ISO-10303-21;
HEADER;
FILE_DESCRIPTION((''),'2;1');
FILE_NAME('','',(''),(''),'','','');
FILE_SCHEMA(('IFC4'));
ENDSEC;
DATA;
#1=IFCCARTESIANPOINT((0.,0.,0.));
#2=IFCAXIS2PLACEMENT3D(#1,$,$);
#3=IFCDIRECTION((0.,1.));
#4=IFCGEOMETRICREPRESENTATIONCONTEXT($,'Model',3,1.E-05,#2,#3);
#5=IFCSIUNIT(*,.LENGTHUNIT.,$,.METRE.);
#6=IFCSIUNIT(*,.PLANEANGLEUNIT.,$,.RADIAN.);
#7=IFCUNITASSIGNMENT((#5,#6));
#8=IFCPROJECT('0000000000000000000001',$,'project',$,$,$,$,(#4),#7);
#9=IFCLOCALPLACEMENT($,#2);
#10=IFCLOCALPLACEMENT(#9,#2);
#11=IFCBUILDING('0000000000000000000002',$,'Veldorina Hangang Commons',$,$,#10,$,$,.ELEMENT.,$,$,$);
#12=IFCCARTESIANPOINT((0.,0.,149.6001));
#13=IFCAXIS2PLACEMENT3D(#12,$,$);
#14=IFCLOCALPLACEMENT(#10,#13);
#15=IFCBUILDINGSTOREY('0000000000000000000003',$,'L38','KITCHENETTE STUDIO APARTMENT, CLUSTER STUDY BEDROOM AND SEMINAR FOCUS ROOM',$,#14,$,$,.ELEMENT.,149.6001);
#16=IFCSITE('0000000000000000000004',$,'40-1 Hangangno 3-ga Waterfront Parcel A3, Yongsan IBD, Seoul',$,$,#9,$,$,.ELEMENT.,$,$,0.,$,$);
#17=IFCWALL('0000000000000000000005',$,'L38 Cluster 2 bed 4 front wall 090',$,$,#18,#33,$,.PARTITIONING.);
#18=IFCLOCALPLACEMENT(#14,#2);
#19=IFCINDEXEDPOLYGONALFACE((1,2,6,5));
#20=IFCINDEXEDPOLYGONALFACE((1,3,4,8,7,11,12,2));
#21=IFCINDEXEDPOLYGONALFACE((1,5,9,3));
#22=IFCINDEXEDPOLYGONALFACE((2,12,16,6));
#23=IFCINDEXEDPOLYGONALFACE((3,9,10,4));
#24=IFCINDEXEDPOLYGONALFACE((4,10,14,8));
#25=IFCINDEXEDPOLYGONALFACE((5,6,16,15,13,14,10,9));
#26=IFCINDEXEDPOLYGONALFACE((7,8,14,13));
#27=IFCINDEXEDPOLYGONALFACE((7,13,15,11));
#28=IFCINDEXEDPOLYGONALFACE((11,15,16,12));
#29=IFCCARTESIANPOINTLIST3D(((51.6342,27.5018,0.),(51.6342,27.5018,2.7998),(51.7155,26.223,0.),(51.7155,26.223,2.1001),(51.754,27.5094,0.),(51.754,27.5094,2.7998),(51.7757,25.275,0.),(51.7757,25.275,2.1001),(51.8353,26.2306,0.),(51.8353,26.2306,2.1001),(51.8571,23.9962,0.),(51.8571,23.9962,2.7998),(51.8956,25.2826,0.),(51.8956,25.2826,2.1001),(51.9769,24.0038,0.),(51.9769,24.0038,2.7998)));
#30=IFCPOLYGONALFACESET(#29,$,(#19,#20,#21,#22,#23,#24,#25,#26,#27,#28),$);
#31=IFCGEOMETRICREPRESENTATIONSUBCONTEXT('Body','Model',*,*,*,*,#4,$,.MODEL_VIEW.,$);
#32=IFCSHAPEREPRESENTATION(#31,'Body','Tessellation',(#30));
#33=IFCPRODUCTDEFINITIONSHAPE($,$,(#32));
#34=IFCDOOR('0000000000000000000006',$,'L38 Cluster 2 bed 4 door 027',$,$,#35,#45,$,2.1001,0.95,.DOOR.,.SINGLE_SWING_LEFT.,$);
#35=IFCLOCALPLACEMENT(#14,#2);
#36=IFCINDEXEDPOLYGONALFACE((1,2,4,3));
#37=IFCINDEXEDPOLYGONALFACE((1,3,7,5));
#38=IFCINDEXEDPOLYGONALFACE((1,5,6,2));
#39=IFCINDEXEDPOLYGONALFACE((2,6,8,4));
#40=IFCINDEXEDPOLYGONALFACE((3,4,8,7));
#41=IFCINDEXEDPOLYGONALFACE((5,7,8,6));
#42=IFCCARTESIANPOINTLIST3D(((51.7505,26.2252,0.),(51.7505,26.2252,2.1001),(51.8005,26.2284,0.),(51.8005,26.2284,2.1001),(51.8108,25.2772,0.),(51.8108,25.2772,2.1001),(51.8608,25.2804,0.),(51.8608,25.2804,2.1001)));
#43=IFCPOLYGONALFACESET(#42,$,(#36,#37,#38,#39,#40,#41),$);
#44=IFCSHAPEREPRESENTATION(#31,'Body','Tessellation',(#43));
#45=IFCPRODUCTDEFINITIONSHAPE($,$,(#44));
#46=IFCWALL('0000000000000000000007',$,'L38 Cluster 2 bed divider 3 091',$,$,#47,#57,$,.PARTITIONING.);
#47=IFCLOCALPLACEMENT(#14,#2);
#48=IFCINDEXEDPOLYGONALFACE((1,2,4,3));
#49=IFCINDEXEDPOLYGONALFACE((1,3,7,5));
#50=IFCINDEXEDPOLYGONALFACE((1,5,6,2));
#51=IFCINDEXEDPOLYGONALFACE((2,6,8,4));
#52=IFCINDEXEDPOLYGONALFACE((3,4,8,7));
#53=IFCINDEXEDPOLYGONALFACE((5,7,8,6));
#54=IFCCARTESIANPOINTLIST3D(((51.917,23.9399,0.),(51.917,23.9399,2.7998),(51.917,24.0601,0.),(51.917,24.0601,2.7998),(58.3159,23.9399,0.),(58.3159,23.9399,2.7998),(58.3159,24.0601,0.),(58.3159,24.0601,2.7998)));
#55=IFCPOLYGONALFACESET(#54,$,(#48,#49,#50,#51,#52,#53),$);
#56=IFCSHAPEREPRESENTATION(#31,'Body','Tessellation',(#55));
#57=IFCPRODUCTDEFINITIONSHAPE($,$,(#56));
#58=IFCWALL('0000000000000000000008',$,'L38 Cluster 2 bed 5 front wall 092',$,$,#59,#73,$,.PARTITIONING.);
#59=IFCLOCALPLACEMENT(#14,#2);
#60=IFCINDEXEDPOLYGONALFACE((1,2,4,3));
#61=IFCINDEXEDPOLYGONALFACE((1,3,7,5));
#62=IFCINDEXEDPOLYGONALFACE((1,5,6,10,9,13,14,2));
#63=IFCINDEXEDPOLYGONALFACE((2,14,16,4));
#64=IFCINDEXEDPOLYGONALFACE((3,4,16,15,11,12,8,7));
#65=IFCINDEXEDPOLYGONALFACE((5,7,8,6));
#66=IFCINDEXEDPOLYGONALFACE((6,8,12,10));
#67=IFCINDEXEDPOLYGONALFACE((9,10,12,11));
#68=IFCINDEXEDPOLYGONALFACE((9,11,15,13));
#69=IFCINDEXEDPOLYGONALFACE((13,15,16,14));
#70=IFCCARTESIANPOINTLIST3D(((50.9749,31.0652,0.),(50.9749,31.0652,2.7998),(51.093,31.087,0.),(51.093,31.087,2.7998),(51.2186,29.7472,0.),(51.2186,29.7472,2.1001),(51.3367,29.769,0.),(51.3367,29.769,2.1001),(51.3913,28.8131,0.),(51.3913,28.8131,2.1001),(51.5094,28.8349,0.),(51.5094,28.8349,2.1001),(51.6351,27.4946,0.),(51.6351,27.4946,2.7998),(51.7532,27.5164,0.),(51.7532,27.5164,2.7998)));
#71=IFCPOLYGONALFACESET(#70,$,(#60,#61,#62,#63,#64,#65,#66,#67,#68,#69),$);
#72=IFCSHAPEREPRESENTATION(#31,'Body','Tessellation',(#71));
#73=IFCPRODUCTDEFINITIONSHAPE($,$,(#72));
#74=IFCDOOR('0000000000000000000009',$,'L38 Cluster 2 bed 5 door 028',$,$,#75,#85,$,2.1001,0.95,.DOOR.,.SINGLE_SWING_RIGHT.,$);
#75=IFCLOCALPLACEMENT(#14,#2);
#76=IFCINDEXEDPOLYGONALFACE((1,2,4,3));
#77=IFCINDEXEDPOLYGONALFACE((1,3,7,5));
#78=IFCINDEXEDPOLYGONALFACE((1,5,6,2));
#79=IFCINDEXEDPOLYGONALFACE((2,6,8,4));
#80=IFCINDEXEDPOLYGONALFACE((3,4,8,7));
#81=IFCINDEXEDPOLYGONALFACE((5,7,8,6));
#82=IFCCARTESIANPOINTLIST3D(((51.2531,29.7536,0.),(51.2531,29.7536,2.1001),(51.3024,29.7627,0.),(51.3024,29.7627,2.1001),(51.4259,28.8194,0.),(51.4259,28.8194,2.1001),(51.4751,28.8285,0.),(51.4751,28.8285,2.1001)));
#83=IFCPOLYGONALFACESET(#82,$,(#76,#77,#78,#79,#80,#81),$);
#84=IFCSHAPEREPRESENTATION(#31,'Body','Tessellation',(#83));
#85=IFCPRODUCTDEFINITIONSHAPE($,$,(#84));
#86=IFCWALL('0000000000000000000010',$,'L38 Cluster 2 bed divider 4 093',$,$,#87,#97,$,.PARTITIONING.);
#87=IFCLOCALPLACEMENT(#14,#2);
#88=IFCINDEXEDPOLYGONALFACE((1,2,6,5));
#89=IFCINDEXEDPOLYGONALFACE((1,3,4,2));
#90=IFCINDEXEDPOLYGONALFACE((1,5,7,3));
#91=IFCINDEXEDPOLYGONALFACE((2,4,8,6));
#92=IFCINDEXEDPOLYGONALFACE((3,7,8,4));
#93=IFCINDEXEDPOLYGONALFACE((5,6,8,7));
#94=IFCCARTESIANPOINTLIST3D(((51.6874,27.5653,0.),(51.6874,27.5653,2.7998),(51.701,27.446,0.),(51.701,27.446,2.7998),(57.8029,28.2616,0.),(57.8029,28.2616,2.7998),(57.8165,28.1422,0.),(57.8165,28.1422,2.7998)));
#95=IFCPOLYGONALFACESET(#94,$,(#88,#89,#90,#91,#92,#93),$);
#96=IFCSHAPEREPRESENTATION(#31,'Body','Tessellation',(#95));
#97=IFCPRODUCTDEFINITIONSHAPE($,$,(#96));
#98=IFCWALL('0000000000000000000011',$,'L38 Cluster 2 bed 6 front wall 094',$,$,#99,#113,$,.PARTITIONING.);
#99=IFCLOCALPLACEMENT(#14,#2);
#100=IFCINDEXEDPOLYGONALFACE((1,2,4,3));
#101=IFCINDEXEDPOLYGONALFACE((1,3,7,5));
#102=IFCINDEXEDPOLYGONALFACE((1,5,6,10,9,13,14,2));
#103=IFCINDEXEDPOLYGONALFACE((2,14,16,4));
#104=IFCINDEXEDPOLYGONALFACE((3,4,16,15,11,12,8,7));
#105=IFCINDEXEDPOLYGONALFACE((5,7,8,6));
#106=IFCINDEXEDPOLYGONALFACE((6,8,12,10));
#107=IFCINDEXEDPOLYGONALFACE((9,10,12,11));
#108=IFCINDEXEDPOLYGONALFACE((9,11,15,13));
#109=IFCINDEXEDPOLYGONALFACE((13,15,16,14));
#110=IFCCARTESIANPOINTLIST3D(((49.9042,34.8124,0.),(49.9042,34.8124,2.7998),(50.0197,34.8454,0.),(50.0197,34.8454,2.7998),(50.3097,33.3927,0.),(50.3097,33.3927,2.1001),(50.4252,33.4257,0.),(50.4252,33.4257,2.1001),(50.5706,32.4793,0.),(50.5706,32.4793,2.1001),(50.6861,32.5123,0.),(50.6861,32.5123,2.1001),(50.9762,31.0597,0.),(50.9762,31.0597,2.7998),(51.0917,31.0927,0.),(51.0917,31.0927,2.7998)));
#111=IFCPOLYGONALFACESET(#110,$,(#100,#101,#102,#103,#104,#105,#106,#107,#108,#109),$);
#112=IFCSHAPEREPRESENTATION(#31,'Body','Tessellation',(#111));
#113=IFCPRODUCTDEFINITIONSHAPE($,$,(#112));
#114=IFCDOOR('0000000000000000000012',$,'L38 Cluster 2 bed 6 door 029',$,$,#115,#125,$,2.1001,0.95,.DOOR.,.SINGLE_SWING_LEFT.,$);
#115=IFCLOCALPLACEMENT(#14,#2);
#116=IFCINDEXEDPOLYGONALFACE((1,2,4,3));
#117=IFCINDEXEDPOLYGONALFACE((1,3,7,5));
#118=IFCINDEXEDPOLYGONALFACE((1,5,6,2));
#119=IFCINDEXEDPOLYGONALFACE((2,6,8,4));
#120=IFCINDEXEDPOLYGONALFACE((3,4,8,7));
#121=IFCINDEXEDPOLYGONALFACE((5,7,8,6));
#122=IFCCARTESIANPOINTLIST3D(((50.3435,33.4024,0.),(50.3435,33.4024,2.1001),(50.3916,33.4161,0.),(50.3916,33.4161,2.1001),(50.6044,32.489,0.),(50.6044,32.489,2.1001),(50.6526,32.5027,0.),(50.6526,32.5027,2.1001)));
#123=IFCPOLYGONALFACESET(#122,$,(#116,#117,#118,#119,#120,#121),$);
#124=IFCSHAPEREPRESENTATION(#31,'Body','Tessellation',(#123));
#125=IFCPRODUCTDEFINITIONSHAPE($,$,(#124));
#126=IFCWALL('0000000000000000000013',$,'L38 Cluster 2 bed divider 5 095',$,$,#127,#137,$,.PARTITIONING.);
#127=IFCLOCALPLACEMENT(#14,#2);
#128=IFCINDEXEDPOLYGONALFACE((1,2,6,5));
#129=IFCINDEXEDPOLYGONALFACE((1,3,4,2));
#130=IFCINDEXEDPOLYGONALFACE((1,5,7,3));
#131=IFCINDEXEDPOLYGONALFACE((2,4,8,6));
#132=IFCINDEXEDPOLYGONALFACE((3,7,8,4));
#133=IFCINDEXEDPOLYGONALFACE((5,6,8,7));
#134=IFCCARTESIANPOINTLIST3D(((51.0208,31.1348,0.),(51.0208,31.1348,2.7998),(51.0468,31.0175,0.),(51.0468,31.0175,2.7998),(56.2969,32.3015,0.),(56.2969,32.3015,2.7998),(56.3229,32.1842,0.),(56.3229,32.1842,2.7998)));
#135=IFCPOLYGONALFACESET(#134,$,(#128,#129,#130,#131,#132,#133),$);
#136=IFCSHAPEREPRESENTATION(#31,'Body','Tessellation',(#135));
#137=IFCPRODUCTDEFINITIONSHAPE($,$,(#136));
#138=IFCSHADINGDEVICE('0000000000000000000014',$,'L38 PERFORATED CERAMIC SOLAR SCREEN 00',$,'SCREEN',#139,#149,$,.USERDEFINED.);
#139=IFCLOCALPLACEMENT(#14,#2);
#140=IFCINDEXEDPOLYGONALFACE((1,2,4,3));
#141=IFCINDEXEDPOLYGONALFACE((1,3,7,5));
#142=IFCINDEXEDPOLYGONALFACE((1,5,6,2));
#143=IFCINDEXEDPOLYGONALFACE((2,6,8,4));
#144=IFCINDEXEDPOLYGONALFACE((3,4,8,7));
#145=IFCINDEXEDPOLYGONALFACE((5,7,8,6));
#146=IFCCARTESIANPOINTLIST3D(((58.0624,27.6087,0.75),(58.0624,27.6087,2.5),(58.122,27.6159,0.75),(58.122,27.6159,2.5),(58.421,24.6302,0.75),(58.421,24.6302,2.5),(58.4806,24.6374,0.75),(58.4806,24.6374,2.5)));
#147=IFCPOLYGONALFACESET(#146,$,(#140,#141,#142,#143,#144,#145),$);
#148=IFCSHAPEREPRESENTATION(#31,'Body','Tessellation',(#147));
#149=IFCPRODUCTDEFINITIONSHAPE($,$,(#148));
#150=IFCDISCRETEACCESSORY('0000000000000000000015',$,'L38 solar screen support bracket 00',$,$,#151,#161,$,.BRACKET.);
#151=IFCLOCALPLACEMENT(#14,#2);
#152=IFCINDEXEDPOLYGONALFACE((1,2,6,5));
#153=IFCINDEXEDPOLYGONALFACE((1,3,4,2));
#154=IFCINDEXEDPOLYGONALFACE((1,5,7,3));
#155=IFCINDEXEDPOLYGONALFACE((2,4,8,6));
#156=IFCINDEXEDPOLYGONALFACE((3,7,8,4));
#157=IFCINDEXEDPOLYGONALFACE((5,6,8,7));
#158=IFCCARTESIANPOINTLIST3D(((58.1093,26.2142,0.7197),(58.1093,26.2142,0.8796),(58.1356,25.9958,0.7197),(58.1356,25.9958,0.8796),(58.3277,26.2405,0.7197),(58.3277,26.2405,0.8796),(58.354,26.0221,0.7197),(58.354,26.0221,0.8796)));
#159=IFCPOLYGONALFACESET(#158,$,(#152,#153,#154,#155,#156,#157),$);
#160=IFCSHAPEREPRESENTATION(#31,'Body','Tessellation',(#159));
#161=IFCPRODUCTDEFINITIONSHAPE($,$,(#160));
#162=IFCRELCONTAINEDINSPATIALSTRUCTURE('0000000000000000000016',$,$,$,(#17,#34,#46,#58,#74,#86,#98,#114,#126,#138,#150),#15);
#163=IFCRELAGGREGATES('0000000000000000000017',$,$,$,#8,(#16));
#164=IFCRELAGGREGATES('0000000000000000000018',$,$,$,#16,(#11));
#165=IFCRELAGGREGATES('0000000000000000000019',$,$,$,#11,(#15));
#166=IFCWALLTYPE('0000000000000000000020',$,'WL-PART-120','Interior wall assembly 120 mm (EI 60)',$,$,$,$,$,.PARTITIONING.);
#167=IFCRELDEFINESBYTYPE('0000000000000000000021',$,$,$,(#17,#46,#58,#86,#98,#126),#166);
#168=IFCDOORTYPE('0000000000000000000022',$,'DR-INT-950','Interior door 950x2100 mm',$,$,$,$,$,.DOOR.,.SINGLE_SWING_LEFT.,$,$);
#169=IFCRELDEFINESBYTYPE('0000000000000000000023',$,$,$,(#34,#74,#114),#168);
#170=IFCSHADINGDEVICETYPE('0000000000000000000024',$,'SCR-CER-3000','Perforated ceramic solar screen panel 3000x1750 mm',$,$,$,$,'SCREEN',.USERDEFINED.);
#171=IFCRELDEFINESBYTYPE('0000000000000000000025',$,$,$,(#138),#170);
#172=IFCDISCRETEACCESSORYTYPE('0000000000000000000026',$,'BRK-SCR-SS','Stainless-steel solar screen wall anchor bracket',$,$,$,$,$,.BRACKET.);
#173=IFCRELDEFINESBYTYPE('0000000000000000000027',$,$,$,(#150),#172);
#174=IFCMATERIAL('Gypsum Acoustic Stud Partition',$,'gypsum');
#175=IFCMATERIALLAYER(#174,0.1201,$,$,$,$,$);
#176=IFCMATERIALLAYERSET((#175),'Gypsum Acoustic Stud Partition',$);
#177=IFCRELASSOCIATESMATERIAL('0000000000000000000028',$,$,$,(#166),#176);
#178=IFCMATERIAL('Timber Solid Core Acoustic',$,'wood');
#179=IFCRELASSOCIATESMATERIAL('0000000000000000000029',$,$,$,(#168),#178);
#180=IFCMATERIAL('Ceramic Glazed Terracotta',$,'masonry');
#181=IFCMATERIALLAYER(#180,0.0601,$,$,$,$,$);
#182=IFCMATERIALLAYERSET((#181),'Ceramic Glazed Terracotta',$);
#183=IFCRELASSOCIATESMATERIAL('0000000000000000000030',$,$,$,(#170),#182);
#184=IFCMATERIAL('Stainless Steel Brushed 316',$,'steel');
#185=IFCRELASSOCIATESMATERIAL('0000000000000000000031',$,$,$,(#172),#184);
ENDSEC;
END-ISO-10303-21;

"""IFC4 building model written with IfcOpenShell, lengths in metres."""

from ifc_helpers import new_model, si_unit, direction, frame, frame_2d, origin, origin_2d, place, context, subcontext, project, spatial, rectangle, extrude, material, layer, layer_set, type_object, element, fill, save


model = new_model("IFC4")

# Units and contexts
model_context = context("Model", 3, precision=1e-05, world=origin(), true_north=direction((0.0, 1.0)))
body_context = subcontext(model_context, "Body", "Model", "MODEL_VIEW")
ifc_project = project(units=[si_unit("LENGTHUNIT", "METRE"), si_unit("PLANEANGLEUNIT", "RADIAN")], contexts=[model_context])

# Site, building, storey
site_placement = place(None, origin())
site = spatial("IfcSite", under=ifc_project, at=site_placement, Name="40-1 Hangangno 3-ga Waterfront Parcel A3, Yongsan IBD, Seoul", CompositionType="ELEMENT", RefElevation=0.0)
building_placement = place(site_placement, origin())
building = spatial("IfcBuilding", under=site, at=building_placement, Name="Veldorina Hangang Commons", CompositionType="ELEMENT")
storey_placement = place(building_placement, frame((0.0, 0.0, 149.6001)))
storey = spatial("IfcBuildingStorey", under=building, at=storey_placement, Name="L38", Description="KITCHENETTE STUDIO APARTMENT, CLUSTER STUDY BEDROOM AND SEMINAR FOCUS ROOM", CompositionType="ELEMENT", Elevation=149.6001)

# Wall, opening, door
ifc_material_1 = material(Name="Gypsum Acoustic Stud Partition", Category="gypsum")
ifc_layer_1 = layer(ifc_material_1, 0.1201)
ifc_layer_set_1 = layer_set([ifc_layer_1], Name="Gypsum Acoustic Stud Partition")
wall_type_1 = type_object("IfcWallType", Name="WL-PART-120", Description="Interior wall assembly 120 mm (EI 60)", PredefinedType="PARTITIONING", material=ifc_layer_set_1)
wall_1_placement = place(storey_placement, frame((51.917, 24.0, 0.0), z_axis=(0.0, 0.0, 1.0), x_axis=(-0.063456, 0.997985, 0.0)))
wall_1 = element("IfcWall", 1, at=wall_1_placement, inside=storey, type_object=wall_type_1, Name="L38 Cluster 2 bed 4 front wall 090", PredefinedType="PARTITIONING", context=body_context, shape_type="SweptSolid", body=[
    extrude(rectangle(XDim=3.5127, YDim=0.1201, at=frame_2d((1.7563, 0.0))), origin(), (0.0, 0.0, 1.0), 2.7998),
])
opening_1_placement = place(wall_1_placement, frame((1.2812, 0.0, 0.0)))
opening_1 = element("IfcOpeningElement", 2, at=opening_1_placement, cuts=wall_1, PredefinedType="OPENING", context=body_context, shape_type="SweptSolid", body=[
    extrude(rectangle(XDim=0.95, YDim=2.1001, at=frame_2d((0.4751, 1.05))), frame((0.0, 0.0701, 0.0), z_axis=(0.0, -1.0, 0.0), x_axis=(1.0, 0.0, 0.0)), (0.0, 0.0, 1.0), 0.1401),
])
ifc_material_2 = material(Name="Timber Solid Core Acoustic", Category="wood")
door_type = type_object("IfcDoorType", Name="DR-INT-950", Description="Interior door 950x2100 mm", OperationType="SINGLE_SWING_LEFT", PredefinedType="DOOR", material=ifc_material_2)
door_1_placement = place(opening_1_placement, origin())
door_1 = element("IfcDoor", 3, at=door_1_placement, inside=storey, type_object=door_type, Name="L38 Cluster 2 bed 4 door 027", OperationType="SINGLE_SWING_LEFT", OverallHeight=2.1001, OverallWidth=0.95, PredefinedType="DOOR", context=body_context, shape_type="SweptSolid", body=[
    extrude(rectangle(XDim=0.95, YDim=2.1001, at=frame_2d((0.4751, 1.05))), frame((0.0, 0.0249, 0.0), z_axis=(0.0, -1.0, 0.0), x_axis=(1.0, 0.0, 0.0)), (0.0, 0.0, 1.0), 0.05),
])
fill(opening_1, door_1)

# Wall
wall_2_placement = place(storey_placement, frame((51.917, 24.0, 0.0), z_axis=(0.0, 0.0, 1.0), x_axis=(1.0, 0.0, 0.0)))
element("IfcWall", 4, at=wall_2_placement, inside=storey, type_object=wall_type_1, Name="L38 Cluster 2 bed divider 3 091", PredefinedType="PARTITIONING", context=body_context, shape_type="SweptSolid", body=[
    extrude(rectangle(XDim=6.3989, YDim=0.1201, at=frame_2d((3.1995, 0.0))), origin(), (0.0, 0.0, 1.0), 2.7998),
])

# Wall, opening, door
wall_3_placement = place(storey_placement, frame((51.6941, 27.5056, 0.0), z_axis=(0.0, 0.0, 1.0), x_axis=(-0.181808, 0.983334, 0.0)))
wall_3 = element("IfcWall", 5, at=wall_3_placement, inside=storey, type_object=wall_type_1, Name="L38 Cluster 2 bed 5 front wall 092", PredefinedType="PARTITIONING", context=body_context, shape_type="SweptSolid", body=[
    extrude(rectangle(XDim=3.6311, YDim=0.1201, at=frame_2d((1.8154, 0.0))), origin(), (0.0, 0.0, 1.0), 2.7998),
])
opening_2_placement = place(wall_3_placement, frame((1.3406, 0.0, 0.0)))
opening_2 = element("IfcOpeningElement", 6, at=opening_2_placement, cuts=wall_3, PredefinedType="OPENING", context=body_context, shape_type="SweptSolid", body=[
    extrude(rectangle(XDim=0.95, YDim=2.1001, at=frame_2d((0.4751, 1.05))), frame((0.0, 0.0701, 0.0), z_axis=(0.0, -1.0, 0.0), x_axis=(1.0, 0.0, 0.0)), (0.0, 0.0, 1.0), 0.1401),
])
door_2_placement = place(opening_2_placement, origin())
door_2 = element("IfcDoor", 7, at=door_2_placement, inside=storey, type_object=door_type, Name="L38 Cluster 2 bed 5 door 028", OperationType="SINGLE_SWING_RIGHT", OverallHeight=2.1001, OverallWidth=0.95, PredefinedType="DOOR", context=body_context, shape_type="SweptSolid", body=[
    extrude(rectangle(XDim=0.95, YDim=2.1001, at=frame_2d((0.4751, 1.05))), frame((0.0, 0.0249, 0.0), z_axis=(0.0, -1.0, 0.0), x_axis=(1.0, 0.0, 0.0)), (0.0, 0.0, 1.0), 0.05),
])
fill(opening_2, door_2)

# Wall
wall_4_placement = place(storey_placement, frame((51.6941, 27.5056, 0.0), z_axis=(0.0, 0.0, 1.0), x_axis=(0.993581, 0.113126, 0.0)))
element("IfcWall", 8, at=wall_4_placement, inside=storey, type_object=wall_type_1, Name="L38 Cluster 2 bed divider 4 093", PredefinedType="PARTITIONING", context=body_context, shape_type="SweptSolid", body=[
    extrude(rectangle(XDim=6.155, YDim=0.1201, at=frame_2d((3.0776, 0.0))), origin(), (0.0, 0.0, 1.0), 2.7998),
])

# Wall, opening, door
wall_5_placement = place(storey_placement, frame((51.0339, 31.0762, 0.0), z_axis=(0.0, 0.0, 1.0), x_axis=(-0.27468, 0.961536, 0.0)))
wall_5 = element("IfcWall", 9, at=wall_5_placement, inside=storey, type_object=wall_type_1, Name="L38 Cluster 2 bed 6 front wall 094", PredefinedType="PARTITIONING", context=body_context, shape_type="SweptSolid", body=[
    extrude(rectangle(XDim=3.9028, YDim=0.1201, at=frame_2d((1.9514, 0.0))), origin(), (0.0, 0.0, 1.0), 2.7998),
])
opening_3_placement = place(wall_5_placement, frame((1.4763, 0.0, 0.0)))
opening_3 = element("IfcOpeningElement", 10, at=opening_3_placement, cuts=wall_5, PredefinedType="OPENING", context=body_context, shape_type="SweptSolid", body=[
    extrude(rectangle(XDim=0.95, YDim=2.1001, at=frame_2d((0.4751, 1.05))), frame((0.0, 0.0701, 0.0), z_axis=(0.0, -1.0, 0.0), x_axis=(1.0, 0.0, 0.0)), (0.0, 0.0, 1.0), 0.1401),
])
door_3_placement = place(opening_3_placement, origin())
door_3 = element("IfcDoor", 11, at=door_3_placement, inside=storey, type_object=door_type, Name="L38 Cluster 2 bed 6 door 029", OperationType="SINGLE_SWING_LEFT", OverallHeight=2.1001, OverallWidth=0.95, PredefinedType="DOOR", context=body_context, shape_type="SweptSolid", body=[
    extrude(rectangle(XDim=0.95, YDim=2.1001, at=frame_2d((0.4751, 1.05))), frame((0.0, 0.0249, 0.0), z_axis=(0.0, -1.0, 0.0), x_axis=(1.0, 0.0, 0.0)), (0.0, 0.0, 1.0), 0.05),
])
fill(opening_3, door_3)

# Wall
wall_6_placement = place(storey_placement, frame((51.0339, 31.0762, 0.0), z_axis=(0.0, 0.0, 1.0), x_axis=(0.976411, 0.215921, 0.0)))
element("IfcWall", 12, at=wall_6_placement, inside=storey, type_object=wall_type_1, Name="L38 Cluster 2 bed divider 5 095", PredefinedType="PARTITIONING", context=body_context, shape_type="SweptSolid", body=[
    extrude(rectangle(XDim=5.4036, YDim=0.1201, at=frame_2d((2.7017, 0.0))), origin(), (0.0, 0.0, 1.0), 2.7998),
])

# Shading device
ifc_material_3 = material(Name="Ceramic Glazed Terracotta", Category="masonry")
ifc_layer_2 = layer(ifc_material_3, 0.0601)
ifc_layer_set_2 = layer_set([ifc_layer_2], Name="Ceramic Glazed Terracotta")
shading_device_type = type_object("IfcShadingDeviceType", Name="SCR-CER-3000", Description="Perforated ceramic solar screen panel 3000x1750 mm", ElementType="SCREEN", PredefinedType="USERDEFINED", material=ifc_layer_set_2)
shading_device_placement = place(storey_placement, frame((58.2715, 26.123, 0.75), z_axis=(0.0, 0.0, 1.0), x_axis=(-0.11953, 0.992831, 0.0)))
element("IfcShadingDevice", 13, at=shading_device_placement, inside=storey, type_object=shading_device_type, Name="L38 PERFORATED CERAMIC SOLAR SCREEN 00", ObjectType="SCREEN", PredefinedType="USERDEFINED", context=body_context, shape_type="SweptSolid", body=[
    extrude(rectangle(XDim=3.0, YDim=0.0601, at=origin_2d()), origin(), (0.0, 0.0, 1.0), 1.75),
])

# Discrete accessory
ifc_material_4 = material(Name="Stainless Steel Brushed 316", Category="steel")
discrete_accessory_type = type_object("IfcDiscreteAccessoryType", Name="BRK-SCR-SS", Description="Stainless-steel solar screen wall anchor bracket", PredefinedType="BRACKET", material=ifc_material_4)
discrete_accessory_placement = place(storey_placement, frame((58.2317, 26.1182, 0.7197), z_axis=(0.0, 0.0, 1.0), x_axis=(-0.11953, 0.992831, 0.0)))
element("IfcDiscreteAccessory", 14, at=discrete_accessory_placement, inside=storey, type_object=discrete_accessory_type, Name="L38 solar screen support bracket 00", PredefinedType="BRACKET", context=body_context, shape_type="SweptSolid", body=[
    extrude(rectangle(XDim=0.22, YDim=0.22, at=origin_2d()), origin(), (0.0, 0.0, 1.0), 0.1599),
])

save(model, "model.ifc")
